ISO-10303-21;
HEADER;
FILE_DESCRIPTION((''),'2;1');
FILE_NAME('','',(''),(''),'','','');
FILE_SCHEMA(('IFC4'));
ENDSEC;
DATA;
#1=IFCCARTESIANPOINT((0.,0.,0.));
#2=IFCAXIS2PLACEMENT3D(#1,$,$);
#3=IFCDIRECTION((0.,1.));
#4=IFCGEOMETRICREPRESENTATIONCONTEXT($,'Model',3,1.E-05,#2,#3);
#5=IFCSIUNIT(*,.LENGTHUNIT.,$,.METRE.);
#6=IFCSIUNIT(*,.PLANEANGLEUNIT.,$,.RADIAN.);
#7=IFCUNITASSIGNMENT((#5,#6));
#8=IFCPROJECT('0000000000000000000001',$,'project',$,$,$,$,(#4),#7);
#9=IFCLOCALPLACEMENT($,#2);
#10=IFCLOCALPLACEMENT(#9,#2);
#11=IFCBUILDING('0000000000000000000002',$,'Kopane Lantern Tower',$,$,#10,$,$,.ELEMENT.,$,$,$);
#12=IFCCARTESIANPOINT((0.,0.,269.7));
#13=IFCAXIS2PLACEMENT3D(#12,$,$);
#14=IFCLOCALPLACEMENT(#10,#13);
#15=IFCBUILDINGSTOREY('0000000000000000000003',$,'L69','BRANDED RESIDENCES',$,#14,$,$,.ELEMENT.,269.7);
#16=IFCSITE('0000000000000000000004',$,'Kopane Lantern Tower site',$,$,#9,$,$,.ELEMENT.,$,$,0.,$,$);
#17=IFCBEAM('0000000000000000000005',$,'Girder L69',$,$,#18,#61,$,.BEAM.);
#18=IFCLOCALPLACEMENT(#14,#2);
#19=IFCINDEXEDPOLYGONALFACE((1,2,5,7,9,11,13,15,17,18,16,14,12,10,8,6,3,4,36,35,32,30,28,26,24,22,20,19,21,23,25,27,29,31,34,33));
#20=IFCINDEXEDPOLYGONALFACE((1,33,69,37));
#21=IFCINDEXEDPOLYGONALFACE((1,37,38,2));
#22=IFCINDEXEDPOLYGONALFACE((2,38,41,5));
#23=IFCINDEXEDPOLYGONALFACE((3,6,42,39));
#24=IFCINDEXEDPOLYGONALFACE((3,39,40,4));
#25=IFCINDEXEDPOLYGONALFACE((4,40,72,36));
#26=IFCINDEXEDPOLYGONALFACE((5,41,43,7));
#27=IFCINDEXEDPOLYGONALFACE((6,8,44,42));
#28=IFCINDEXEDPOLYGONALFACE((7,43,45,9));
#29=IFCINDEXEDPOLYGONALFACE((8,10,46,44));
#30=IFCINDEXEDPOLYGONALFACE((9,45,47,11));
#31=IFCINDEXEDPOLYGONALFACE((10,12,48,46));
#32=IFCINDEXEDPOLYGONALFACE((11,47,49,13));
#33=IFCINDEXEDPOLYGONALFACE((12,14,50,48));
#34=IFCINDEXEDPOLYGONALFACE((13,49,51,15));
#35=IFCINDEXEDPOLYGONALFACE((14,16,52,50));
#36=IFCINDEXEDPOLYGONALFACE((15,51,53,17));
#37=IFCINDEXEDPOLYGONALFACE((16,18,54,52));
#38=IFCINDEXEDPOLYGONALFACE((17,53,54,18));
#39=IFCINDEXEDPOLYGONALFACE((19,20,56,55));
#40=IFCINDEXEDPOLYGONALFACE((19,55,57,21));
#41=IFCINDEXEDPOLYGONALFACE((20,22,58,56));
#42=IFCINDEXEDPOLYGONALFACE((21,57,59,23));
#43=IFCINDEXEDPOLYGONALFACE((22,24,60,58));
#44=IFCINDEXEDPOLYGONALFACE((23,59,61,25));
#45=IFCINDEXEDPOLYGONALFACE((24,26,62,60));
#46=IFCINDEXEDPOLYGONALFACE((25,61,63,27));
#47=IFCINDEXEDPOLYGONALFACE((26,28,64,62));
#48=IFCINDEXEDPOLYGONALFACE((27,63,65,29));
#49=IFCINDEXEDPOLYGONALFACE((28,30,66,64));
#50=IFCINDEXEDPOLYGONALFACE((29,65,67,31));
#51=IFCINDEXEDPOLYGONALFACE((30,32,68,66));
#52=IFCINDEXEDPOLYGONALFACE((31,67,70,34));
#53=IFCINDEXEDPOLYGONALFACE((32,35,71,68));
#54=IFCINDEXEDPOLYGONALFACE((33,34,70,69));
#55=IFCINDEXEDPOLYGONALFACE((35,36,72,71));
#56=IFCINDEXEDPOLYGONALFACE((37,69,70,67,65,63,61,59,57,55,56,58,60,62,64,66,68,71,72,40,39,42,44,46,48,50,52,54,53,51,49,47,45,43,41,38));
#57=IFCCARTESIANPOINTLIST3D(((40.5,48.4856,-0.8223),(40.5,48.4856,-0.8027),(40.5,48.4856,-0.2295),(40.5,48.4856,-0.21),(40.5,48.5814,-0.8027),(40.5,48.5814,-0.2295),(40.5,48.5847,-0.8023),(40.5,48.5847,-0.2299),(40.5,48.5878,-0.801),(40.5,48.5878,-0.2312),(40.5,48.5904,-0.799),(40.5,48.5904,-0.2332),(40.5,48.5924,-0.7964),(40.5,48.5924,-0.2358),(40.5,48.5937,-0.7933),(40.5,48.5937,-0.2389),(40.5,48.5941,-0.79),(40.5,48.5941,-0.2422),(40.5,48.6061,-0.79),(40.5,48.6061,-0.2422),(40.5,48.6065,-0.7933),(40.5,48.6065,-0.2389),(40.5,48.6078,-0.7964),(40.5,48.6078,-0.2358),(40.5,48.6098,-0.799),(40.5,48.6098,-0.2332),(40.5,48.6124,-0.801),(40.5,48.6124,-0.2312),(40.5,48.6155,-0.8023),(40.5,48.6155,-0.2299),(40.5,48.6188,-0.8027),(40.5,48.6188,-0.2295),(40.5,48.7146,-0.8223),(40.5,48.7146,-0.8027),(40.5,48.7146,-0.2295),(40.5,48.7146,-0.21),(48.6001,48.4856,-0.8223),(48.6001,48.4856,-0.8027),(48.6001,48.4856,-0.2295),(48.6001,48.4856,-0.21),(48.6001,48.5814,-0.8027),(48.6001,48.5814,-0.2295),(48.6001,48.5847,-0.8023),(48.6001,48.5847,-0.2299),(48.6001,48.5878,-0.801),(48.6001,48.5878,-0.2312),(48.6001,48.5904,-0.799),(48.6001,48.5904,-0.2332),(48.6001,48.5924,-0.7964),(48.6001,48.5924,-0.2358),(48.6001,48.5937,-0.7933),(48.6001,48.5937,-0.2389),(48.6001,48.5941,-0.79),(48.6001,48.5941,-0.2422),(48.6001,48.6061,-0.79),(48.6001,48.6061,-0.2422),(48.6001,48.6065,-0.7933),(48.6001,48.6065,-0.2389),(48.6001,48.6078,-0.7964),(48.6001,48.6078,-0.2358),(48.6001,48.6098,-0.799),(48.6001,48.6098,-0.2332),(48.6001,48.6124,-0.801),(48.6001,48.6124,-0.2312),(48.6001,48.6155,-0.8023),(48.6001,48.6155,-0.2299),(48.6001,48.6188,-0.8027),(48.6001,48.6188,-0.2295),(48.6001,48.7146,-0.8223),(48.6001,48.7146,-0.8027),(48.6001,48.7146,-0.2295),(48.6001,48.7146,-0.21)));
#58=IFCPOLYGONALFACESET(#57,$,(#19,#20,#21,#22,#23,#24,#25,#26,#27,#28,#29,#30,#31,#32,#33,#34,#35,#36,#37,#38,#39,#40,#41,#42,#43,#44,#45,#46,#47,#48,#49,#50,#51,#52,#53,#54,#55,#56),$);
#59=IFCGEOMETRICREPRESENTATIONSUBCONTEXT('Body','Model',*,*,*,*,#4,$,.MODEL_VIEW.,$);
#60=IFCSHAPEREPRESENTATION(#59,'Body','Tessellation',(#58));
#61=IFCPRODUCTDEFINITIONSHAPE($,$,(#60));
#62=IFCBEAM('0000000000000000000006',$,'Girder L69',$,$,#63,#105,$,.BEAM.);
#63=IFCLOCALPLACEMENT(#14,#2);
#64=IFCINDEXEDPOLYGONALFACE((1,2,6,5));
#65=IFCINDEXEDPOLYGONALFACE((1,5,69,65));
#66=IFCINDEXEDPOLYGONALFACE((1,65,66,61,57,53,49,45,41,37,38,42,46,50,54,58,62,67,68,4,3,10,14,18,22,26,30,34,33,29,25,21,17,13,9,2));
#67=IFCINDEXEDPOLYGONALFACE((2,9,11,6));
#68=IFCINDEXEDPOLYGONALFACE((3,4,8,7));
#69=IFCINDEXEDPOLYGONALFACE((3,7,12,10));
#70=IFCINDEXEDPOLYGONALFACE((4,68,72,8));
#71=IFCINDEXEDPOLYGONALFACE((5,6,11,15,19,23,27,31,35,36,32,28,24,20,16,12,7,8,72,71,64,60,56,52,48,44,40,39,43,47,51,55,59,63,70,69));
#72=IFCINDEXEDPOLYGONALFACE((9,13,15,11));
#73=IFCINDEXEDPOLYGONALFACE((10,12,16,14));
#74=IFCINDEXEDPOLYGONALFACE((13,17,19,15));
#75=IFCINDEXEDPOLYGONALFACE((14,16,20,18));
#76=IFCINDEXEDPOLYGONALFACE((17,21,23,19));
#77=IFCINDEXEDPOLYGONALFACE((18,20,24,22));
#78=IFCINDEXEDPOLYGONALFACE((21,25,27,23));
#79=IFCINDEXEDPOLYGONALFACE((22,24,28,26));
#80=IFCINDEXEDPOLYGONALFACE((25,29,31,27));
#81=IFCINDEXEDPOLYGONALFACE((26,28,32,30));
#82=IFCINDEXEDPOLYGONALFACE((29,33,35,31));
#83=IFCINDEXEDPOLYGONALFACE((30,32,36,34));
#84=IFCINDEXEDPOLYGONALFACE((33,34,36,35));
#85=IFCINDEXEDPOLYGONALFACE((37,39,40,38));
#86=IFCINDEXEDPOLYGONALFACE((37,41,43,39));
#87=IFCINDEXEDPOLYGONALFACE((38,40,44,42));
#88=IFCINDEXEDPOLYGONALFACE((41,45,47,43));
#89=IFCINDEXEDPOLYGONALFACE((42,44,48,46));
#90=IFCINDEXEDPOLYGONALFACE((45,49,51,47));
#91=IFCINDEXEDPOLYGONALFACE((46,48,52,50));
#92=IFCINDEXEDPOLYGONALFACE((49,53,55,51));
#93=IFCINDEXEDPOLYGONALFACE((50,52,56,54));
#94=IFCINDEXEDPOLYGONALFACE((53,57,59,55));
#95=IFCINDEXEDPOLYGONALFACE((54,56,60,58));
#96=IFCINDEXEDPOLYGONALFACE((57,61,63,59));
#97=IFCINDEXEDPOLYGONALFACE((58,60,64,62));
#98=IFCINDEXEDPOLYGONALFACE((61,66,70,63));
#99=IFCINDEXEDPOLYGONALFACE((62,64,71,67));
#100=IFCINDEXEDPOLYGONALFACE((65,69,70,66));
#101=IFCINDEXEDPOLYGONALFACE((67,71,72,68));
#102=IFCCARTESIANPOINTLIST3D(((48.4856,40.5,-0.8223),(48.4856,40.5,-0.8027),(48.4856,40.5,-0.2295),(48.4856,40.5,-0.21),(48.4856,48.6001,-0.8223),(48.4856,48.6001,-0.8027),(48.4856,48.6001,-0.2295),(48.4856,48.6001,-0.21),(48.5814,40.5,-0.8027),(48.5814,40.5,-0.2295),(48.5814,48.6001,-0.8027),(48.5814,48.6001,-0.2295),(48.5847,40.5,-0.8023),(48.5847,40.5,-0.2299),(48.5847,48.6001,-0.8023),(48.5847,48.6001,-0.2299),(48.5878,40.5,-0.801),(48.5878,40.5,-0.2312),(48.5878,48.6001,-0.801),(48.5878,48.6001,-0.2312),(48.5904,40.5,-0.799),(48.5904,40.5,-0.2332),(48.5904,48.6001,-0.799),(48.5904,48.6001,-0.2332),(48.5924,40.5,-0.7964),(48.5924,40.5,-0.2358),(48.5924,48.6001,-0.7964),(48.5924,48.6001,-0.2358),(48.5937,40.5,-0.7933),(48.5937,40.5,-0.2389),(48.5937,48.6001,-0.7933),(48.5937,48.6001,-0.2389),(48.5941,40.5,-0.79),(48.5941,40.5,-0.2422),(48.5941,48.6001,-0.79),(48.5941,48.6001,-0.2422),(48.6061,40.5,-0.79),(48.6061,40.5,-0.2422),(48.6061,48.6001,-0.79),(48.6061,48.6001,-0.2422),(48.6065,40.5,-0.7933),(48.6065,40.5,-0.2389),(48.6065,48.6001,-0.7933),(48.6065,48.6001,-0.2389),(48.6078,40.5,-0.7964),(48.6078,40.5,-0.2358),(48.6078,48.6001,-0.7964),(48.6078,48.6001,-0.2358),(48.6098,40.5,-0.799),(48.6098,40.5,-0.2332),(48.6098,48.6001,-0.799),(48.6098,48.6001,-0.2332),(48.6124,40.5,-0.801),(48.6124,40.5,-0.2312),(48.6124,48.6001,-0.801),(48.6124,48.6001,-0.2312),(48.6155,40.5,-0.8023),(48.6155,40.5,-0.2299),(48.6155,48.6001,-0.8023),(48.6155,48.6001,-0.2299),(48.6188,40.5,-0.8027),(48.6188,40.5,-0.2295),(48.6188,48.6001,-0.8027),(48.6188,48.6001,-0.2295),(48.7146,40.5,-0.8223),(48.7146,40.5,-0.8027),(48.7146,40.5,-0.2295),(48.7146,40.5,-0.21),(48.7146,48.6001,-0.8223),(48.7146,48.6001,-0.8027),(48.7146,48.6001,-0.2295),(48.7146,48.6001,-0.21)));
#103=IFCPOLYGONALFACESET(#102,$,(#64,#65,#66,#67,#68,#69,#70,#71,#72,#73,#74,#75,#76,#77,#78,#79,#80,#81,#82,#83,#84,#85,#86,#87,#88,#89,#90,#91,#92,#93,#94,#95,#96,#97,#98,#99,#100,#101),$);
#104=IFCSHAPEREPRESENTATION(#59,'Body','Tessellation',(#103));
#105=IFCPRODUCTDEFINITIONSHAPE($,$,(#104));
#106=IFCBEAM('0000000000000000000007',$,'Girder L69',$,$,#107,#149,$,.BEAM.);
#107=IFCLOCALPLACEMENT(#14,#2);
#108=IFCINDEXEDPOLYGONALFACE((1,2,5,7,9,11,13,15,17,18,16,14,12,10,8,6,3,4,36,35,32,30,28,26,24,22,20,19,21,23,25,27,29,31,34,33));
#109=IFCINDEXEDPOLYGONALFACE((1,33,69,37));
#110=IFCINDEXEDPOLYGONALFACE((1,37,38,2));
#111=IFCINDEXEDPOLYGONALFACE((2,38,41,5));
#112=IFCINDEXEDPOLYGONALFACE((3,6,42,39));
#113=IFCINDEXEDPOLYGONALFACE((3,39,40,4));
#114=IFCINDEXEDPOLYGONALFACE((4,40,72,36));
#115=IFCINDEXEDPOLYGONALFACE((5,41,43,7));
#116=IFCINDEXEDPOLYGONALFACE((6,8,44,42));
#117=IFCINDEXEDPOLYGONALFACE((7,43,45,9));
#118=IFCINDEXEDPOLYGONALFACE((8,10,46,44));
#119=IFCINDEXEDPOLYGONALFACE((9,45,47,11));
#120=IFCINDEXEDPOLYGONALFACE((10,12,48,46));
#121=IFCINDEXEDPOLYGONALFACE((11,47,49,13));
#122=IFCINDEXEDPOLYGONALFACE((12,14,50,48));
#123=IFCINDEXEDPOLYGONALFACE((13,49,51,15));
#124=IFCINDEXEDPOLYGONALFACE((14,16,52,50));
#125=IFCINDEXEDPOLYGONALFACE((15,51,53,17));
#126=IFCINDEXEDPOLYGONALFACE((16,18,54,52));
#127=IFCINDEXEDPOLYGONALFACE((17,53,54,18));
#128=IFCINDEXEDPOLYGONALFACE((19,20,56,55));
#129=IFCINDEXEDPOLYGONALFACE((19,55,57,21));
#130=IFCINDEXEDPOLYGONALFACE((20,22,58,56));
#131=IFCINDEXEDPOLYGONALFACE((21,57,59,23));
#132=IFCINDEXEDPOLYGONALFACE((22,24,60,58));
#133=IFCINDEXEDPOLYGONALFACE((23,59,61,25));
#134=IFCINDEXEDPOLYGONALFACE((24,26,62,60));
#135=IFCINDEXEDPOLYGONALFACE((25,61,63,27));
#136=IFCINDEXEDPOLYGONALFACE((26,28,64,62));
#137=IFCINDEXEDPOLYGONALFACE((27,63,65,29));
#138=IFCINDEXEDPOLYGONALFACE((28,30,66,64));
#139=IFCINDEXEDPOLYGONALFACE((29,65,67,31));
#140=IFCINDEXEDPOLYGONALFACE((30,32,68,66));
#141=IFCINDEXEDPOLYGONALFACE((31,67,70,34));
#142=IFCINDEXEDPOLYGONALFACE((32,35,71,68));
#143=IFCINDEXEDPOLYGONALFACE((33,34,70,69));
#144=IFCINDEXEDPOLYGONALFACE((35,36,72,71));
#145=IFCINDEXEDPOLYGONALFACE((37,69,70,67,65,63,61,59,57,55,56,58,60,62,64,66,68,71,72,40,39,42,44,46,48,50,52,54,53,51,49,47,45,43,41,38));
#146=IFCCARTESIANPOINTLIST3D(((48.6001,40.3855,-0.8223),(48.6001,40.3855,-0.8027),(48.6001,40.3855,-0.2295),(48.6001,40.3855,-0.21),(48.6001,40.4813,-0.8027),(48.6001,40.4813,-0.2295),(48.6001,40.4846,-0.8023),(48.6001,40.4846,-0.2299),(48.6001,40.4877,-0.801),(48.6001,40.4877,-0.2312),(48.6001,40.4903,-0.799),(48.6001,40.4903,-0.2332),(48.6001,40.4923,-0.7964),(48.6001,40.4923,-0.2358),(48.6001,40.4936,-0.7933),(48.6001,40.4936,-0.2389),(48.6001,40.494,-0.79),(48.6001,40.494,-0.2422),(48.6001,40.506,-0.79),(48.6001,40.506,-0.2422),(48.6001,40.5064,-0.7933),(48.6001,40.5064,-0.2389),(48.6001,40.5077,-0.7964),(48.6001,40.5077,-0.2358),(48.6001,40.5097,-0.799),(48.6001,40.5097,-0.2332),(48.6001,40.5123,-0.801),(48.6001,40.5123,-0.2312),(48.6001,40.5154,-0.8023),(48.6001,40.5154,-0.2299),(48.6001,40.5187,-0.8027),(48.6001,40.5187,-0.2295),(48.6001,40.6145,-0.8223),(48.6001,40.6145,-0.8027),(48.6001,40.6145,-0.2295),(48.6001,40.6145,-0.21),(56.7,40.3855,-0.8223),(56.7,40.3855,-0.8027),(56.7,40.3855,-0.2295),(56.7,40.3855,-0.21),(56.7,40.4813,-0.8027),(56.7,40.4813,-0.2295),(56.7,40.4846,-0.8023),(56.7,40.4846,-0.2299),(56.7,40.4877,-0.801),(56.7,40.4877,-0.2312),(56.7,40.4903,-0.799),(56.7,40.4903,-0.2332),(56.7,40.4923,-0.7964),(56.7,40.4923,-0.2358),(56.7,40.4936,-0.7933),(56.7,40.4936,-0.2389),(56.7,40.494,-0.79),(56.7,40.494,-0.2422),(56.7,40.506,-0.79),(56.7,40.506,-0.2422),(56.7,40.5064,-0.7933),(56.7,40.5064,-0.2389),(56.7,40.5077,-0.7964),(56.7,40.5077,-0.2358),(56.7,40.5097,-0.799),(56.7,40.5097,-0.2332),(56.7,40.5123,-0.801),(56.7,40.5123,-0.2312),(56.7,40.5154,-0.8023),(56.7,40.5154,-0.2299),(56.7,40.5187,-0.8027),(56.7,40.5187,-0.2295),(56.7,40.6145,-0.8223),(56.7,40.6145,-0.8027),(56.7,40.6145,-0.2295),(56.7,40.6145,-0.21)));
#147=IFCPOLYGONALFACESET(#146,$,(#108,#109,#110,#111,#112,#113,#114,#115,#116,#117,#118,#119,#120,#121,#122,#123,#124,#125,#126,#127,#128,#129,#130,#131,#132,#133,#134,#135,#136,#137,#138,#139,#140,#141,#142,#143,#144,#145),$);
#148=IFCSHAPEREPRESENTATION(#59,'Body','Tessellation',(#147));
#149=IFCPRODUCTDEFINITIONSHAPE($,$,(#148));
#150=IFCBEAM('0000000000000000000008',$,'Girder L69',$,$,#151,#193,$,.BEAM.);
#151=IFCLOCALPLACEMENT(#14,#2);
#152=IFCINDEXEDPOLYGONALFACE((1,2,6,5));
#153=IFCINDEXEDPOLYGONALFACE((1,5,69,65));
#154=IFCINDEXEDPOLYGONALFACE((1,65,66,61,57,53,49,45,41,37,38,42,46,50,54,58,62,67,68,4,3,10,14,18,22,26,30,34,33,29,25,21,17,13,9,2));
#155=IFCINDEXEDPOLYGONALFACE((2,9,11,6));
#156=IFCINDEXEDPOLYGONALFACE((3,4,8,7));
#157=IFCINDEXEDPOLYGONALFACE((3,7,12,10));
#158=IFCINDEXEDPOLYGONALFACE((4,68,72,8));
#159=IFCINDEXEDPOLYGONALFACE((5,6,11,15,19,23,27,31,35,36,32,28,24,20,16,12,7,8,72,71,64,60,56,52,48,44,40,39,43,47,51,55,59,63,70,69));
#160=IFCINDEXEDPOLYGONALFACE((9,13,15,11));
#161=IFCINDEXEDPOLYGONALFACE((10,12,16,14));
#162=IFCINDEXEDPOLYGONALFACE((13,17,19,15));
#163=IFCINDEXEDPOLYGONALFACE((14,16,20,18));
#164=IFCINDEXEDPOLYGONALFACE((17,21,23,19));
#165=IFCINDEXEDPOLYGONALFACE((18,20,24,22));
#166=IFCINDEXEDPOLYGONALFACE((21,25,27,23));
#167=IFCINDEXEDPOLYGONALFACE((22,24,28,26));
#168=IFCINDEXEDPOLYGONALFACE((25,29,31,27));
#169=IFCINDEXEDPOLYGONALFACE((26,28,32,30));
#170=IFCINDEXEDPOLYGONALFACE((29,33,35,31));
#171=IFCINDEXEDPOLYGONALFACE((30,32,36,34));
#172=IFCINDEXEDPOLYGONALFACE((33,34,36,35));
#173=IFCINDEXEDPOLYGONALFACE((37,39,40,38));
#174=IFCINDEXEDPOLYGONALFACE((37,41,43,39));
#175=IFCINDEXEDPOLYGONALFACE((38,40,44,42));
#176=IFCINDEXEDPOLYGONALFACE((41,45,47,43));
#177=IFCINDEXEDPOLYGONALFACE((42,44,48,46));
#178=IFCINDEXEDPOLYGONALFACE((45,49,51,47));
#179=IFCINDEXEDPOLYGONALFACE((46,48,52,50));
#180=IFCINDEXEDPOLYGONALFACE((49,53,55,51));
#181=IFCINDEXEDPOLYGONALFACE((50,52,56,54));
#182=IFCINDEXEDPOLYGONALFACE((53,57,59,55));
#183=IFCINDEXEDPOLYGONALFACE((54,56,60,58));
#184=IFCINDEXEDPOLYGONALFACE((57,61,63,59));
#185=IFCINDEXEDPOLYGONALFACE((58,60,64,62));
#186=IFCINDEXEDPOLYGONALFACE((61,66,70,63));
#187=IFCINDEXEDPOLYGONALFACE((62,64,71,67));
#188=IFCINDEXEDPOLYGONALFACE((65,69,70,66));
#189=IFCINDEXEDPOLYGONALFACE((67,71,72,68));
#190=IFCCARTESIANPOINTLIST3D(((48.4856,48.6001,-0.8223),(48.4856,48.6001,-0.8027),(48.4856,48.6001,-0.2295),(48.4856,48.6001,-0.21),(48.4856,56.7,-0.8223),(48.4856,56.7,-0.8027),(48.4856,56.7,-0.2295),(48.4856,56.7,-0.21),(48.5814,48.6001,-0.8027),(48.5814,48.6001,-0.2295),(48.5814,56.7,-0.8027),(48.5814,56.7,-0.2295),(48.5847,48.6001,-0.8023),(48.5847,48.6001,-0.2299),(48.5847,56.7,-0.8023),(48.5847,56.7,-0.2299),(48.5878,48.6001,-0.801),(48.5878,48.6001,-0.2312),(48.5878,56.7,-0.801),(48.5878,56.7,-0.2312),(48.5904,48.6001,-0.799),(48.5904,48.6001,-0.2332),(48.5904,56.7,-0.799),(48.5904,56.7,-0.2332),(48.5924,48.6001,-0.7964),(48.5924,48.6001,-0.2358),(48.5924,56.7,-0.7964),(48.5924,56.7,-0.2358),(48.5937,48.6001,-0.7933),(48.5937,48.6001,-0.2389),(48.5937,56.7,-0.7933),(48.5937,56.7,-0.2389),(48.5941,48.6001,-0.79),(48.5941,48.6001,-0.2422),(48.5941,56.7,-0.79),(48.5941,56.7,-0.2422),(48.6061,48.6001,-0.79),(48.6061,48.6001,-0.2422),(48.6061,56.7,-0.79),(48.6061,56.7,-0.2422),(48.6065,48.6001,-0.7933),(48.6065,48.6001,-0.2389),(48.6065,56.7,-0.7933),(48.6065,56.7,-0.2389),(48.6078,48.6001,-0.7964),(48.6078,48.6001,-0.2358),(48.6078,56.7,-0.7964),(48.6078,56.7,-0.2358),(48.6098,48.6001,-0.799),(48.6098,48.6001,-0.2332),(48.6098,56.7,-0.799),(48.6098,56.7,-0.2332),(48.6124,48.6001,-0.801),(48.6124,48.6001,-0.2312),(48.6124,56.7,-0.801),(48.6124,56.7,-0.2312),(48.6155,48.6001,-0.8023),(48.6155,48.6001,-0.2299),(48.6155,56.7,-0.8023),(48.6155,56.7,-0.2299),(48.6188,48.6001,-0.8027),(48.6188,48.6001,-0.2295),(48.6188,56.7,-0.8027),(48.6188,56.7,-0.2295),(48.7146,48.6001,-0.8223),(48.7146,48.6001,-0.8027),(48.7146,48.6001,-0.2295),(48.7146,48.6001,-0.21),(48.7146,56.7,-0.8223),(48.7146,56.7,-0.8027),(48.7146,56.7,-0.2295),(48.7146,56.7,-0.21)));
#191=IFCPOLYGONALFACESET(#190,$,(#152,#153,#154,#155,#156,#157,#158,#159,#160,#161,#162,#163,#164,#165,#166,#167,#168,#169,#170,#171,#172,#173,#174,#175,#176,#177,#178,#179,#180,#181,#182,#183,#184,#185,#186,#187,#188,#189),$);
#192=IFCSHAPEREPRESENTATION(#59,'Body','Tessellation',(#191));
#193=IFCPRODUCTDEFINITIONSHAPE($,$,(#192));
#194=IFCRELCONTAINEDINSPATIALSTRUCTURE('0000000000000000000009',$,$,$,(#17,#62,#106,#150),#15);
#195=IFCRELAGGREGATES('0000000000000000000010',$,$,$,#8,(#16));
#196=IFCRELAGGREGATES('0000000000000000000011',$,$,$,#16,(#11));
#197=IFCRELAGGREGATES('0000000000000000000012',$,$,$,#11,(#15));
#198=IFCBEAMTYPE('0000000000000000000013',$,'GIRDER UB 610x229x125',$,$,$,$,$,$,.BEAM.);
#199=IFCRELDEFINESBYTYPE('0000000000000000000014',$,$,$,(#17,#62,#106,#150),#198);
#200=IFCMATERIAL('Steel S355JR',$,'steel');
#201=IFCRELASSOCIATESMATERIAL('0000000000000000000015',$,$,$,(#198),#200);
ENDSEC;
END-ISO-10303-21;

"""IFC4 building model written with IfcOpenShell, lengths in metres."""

from ifc_helpers import new_model, si_unit, direction, frame, origin, origin_2d, place, context, subcontext, project, spatial, i_section, extrude, material, material_profile, profile_set, type_object, element, save


model = new_model("IFC4")

# Units and contexts
model_context = context("Model", 3, precision=1e-05, world=origin(), true_north=direction((0.0, 1.0)))
body_context = subcontext(model_context, "Body", "Model", "MODEL_VIEW")
ifc_project = project(units=[si_unit("LENGTHUNIT", "METRE"), si_unit("PLANEANGLEUNIT", "RADIAN")], contexts=[model_context])

# Site, building, storey
site_placement = place(None, origin())
site = spatial("IfcSite", under=ifc_project, at=site_placement, Name="Kopane Lantern Tower site", CompositionType="ELEMENT", RefElevation=0.0)
building_placement = place(site_placement, origin())
building = spatial("IfcBuilding", under=site, at=building_placement, Name="Kopane Lantern Tower", CompositionType="ELEMENT")
storey_placement = place(building_placement, frame((0.0, 0.0, 269.7)))
storey = spatial("IfcBuildingStorey", under=building, at=storey_placement, Name="L69", Description="BRANDED RESIDENCES", CompositionType="ELEMENT", Elevation=269.7)

# Beams
ifc_material_1 = material(Name="Steel S355JR", Category="steel")
ifc_material_profile_1 = material_profile(ifc_material_1, i_section(OverallWidth=0.229, OverallDepth=0.6123, WebThickness=0.012, FlangeThickness=0.0195, FilletRadius=0.0127, at=origin_2d()), Name="UB 610x229x125")
ifc_profile_set_1 = profile_set([ifc_material_profile_1], Name="Steel S355JR")
beam_type = type_object("IfcBeamType", Name="GIRDER UB 610x229x125", PredefinedType="BEAM", material=ifc_profile_set_1)
for number, where, z_axis, x_axis, name in (
    (1, (40.5, 48.6001, -0.5161), (1.0, 0.0, 0.0), (0.0, 1.0, 0.0), "Girder L69"),
    (2, (48.6001, 40.5, -0.5161), (0.0, 1.0, 0.0), (-1.0, 0.0, 0.0), "Girder L69"),
):
    element("IfcBeam", number, at=place(storey_placement, frame(where, z_axis=z_axis, x_axis=x_axis)), inside=storey, type_object=beam_type, Name=name, PredefinedType="BEAM", context=body_context, shape_type="SweptSolid", body=[
        extrude(i_section(OverallWidth=0.229, OverallDepth=0.6123, WebThickness=0.012, FlangeThickness=0.0195, FilletRadius=0.0127, at=origin_2d()), origin(), (0.0, 0.0, 1.0), 8.1001),
    ])
for number, where, z_axis, x_axis, name in (
    (3, (48.6001, 40.5, -0.5161), (1.0, 0.0, 0.0), (0.0, 1.0, 0.0), "Girder L69"),
    (4, (48.6001, 48.6001, -0.5161), (0.0, 1.0, 0.0), (-1.0, 0.0, 0.0), "Girder L69"),
):
    element("IfcBeam", number, at=place(storey_placement, frame(where, z_axis=z_axis, x_axis=x_axis)), inside=storey, type_object=beam_type, Name=name, PredefinedType="BEAM", context=body_context, shape_type="SweptSolid", body=[
        extrude(i_section(OverallWidth=0.229, OverallDepth=0.6123, WebThickness=0.012, FlangeThickness=0.0195, FilletRadius=0.0127, at=origin_2d()), origin(), (0.0, 0.0, 1.0), 8.0999),
    ])

save(model, "model.ifc")
